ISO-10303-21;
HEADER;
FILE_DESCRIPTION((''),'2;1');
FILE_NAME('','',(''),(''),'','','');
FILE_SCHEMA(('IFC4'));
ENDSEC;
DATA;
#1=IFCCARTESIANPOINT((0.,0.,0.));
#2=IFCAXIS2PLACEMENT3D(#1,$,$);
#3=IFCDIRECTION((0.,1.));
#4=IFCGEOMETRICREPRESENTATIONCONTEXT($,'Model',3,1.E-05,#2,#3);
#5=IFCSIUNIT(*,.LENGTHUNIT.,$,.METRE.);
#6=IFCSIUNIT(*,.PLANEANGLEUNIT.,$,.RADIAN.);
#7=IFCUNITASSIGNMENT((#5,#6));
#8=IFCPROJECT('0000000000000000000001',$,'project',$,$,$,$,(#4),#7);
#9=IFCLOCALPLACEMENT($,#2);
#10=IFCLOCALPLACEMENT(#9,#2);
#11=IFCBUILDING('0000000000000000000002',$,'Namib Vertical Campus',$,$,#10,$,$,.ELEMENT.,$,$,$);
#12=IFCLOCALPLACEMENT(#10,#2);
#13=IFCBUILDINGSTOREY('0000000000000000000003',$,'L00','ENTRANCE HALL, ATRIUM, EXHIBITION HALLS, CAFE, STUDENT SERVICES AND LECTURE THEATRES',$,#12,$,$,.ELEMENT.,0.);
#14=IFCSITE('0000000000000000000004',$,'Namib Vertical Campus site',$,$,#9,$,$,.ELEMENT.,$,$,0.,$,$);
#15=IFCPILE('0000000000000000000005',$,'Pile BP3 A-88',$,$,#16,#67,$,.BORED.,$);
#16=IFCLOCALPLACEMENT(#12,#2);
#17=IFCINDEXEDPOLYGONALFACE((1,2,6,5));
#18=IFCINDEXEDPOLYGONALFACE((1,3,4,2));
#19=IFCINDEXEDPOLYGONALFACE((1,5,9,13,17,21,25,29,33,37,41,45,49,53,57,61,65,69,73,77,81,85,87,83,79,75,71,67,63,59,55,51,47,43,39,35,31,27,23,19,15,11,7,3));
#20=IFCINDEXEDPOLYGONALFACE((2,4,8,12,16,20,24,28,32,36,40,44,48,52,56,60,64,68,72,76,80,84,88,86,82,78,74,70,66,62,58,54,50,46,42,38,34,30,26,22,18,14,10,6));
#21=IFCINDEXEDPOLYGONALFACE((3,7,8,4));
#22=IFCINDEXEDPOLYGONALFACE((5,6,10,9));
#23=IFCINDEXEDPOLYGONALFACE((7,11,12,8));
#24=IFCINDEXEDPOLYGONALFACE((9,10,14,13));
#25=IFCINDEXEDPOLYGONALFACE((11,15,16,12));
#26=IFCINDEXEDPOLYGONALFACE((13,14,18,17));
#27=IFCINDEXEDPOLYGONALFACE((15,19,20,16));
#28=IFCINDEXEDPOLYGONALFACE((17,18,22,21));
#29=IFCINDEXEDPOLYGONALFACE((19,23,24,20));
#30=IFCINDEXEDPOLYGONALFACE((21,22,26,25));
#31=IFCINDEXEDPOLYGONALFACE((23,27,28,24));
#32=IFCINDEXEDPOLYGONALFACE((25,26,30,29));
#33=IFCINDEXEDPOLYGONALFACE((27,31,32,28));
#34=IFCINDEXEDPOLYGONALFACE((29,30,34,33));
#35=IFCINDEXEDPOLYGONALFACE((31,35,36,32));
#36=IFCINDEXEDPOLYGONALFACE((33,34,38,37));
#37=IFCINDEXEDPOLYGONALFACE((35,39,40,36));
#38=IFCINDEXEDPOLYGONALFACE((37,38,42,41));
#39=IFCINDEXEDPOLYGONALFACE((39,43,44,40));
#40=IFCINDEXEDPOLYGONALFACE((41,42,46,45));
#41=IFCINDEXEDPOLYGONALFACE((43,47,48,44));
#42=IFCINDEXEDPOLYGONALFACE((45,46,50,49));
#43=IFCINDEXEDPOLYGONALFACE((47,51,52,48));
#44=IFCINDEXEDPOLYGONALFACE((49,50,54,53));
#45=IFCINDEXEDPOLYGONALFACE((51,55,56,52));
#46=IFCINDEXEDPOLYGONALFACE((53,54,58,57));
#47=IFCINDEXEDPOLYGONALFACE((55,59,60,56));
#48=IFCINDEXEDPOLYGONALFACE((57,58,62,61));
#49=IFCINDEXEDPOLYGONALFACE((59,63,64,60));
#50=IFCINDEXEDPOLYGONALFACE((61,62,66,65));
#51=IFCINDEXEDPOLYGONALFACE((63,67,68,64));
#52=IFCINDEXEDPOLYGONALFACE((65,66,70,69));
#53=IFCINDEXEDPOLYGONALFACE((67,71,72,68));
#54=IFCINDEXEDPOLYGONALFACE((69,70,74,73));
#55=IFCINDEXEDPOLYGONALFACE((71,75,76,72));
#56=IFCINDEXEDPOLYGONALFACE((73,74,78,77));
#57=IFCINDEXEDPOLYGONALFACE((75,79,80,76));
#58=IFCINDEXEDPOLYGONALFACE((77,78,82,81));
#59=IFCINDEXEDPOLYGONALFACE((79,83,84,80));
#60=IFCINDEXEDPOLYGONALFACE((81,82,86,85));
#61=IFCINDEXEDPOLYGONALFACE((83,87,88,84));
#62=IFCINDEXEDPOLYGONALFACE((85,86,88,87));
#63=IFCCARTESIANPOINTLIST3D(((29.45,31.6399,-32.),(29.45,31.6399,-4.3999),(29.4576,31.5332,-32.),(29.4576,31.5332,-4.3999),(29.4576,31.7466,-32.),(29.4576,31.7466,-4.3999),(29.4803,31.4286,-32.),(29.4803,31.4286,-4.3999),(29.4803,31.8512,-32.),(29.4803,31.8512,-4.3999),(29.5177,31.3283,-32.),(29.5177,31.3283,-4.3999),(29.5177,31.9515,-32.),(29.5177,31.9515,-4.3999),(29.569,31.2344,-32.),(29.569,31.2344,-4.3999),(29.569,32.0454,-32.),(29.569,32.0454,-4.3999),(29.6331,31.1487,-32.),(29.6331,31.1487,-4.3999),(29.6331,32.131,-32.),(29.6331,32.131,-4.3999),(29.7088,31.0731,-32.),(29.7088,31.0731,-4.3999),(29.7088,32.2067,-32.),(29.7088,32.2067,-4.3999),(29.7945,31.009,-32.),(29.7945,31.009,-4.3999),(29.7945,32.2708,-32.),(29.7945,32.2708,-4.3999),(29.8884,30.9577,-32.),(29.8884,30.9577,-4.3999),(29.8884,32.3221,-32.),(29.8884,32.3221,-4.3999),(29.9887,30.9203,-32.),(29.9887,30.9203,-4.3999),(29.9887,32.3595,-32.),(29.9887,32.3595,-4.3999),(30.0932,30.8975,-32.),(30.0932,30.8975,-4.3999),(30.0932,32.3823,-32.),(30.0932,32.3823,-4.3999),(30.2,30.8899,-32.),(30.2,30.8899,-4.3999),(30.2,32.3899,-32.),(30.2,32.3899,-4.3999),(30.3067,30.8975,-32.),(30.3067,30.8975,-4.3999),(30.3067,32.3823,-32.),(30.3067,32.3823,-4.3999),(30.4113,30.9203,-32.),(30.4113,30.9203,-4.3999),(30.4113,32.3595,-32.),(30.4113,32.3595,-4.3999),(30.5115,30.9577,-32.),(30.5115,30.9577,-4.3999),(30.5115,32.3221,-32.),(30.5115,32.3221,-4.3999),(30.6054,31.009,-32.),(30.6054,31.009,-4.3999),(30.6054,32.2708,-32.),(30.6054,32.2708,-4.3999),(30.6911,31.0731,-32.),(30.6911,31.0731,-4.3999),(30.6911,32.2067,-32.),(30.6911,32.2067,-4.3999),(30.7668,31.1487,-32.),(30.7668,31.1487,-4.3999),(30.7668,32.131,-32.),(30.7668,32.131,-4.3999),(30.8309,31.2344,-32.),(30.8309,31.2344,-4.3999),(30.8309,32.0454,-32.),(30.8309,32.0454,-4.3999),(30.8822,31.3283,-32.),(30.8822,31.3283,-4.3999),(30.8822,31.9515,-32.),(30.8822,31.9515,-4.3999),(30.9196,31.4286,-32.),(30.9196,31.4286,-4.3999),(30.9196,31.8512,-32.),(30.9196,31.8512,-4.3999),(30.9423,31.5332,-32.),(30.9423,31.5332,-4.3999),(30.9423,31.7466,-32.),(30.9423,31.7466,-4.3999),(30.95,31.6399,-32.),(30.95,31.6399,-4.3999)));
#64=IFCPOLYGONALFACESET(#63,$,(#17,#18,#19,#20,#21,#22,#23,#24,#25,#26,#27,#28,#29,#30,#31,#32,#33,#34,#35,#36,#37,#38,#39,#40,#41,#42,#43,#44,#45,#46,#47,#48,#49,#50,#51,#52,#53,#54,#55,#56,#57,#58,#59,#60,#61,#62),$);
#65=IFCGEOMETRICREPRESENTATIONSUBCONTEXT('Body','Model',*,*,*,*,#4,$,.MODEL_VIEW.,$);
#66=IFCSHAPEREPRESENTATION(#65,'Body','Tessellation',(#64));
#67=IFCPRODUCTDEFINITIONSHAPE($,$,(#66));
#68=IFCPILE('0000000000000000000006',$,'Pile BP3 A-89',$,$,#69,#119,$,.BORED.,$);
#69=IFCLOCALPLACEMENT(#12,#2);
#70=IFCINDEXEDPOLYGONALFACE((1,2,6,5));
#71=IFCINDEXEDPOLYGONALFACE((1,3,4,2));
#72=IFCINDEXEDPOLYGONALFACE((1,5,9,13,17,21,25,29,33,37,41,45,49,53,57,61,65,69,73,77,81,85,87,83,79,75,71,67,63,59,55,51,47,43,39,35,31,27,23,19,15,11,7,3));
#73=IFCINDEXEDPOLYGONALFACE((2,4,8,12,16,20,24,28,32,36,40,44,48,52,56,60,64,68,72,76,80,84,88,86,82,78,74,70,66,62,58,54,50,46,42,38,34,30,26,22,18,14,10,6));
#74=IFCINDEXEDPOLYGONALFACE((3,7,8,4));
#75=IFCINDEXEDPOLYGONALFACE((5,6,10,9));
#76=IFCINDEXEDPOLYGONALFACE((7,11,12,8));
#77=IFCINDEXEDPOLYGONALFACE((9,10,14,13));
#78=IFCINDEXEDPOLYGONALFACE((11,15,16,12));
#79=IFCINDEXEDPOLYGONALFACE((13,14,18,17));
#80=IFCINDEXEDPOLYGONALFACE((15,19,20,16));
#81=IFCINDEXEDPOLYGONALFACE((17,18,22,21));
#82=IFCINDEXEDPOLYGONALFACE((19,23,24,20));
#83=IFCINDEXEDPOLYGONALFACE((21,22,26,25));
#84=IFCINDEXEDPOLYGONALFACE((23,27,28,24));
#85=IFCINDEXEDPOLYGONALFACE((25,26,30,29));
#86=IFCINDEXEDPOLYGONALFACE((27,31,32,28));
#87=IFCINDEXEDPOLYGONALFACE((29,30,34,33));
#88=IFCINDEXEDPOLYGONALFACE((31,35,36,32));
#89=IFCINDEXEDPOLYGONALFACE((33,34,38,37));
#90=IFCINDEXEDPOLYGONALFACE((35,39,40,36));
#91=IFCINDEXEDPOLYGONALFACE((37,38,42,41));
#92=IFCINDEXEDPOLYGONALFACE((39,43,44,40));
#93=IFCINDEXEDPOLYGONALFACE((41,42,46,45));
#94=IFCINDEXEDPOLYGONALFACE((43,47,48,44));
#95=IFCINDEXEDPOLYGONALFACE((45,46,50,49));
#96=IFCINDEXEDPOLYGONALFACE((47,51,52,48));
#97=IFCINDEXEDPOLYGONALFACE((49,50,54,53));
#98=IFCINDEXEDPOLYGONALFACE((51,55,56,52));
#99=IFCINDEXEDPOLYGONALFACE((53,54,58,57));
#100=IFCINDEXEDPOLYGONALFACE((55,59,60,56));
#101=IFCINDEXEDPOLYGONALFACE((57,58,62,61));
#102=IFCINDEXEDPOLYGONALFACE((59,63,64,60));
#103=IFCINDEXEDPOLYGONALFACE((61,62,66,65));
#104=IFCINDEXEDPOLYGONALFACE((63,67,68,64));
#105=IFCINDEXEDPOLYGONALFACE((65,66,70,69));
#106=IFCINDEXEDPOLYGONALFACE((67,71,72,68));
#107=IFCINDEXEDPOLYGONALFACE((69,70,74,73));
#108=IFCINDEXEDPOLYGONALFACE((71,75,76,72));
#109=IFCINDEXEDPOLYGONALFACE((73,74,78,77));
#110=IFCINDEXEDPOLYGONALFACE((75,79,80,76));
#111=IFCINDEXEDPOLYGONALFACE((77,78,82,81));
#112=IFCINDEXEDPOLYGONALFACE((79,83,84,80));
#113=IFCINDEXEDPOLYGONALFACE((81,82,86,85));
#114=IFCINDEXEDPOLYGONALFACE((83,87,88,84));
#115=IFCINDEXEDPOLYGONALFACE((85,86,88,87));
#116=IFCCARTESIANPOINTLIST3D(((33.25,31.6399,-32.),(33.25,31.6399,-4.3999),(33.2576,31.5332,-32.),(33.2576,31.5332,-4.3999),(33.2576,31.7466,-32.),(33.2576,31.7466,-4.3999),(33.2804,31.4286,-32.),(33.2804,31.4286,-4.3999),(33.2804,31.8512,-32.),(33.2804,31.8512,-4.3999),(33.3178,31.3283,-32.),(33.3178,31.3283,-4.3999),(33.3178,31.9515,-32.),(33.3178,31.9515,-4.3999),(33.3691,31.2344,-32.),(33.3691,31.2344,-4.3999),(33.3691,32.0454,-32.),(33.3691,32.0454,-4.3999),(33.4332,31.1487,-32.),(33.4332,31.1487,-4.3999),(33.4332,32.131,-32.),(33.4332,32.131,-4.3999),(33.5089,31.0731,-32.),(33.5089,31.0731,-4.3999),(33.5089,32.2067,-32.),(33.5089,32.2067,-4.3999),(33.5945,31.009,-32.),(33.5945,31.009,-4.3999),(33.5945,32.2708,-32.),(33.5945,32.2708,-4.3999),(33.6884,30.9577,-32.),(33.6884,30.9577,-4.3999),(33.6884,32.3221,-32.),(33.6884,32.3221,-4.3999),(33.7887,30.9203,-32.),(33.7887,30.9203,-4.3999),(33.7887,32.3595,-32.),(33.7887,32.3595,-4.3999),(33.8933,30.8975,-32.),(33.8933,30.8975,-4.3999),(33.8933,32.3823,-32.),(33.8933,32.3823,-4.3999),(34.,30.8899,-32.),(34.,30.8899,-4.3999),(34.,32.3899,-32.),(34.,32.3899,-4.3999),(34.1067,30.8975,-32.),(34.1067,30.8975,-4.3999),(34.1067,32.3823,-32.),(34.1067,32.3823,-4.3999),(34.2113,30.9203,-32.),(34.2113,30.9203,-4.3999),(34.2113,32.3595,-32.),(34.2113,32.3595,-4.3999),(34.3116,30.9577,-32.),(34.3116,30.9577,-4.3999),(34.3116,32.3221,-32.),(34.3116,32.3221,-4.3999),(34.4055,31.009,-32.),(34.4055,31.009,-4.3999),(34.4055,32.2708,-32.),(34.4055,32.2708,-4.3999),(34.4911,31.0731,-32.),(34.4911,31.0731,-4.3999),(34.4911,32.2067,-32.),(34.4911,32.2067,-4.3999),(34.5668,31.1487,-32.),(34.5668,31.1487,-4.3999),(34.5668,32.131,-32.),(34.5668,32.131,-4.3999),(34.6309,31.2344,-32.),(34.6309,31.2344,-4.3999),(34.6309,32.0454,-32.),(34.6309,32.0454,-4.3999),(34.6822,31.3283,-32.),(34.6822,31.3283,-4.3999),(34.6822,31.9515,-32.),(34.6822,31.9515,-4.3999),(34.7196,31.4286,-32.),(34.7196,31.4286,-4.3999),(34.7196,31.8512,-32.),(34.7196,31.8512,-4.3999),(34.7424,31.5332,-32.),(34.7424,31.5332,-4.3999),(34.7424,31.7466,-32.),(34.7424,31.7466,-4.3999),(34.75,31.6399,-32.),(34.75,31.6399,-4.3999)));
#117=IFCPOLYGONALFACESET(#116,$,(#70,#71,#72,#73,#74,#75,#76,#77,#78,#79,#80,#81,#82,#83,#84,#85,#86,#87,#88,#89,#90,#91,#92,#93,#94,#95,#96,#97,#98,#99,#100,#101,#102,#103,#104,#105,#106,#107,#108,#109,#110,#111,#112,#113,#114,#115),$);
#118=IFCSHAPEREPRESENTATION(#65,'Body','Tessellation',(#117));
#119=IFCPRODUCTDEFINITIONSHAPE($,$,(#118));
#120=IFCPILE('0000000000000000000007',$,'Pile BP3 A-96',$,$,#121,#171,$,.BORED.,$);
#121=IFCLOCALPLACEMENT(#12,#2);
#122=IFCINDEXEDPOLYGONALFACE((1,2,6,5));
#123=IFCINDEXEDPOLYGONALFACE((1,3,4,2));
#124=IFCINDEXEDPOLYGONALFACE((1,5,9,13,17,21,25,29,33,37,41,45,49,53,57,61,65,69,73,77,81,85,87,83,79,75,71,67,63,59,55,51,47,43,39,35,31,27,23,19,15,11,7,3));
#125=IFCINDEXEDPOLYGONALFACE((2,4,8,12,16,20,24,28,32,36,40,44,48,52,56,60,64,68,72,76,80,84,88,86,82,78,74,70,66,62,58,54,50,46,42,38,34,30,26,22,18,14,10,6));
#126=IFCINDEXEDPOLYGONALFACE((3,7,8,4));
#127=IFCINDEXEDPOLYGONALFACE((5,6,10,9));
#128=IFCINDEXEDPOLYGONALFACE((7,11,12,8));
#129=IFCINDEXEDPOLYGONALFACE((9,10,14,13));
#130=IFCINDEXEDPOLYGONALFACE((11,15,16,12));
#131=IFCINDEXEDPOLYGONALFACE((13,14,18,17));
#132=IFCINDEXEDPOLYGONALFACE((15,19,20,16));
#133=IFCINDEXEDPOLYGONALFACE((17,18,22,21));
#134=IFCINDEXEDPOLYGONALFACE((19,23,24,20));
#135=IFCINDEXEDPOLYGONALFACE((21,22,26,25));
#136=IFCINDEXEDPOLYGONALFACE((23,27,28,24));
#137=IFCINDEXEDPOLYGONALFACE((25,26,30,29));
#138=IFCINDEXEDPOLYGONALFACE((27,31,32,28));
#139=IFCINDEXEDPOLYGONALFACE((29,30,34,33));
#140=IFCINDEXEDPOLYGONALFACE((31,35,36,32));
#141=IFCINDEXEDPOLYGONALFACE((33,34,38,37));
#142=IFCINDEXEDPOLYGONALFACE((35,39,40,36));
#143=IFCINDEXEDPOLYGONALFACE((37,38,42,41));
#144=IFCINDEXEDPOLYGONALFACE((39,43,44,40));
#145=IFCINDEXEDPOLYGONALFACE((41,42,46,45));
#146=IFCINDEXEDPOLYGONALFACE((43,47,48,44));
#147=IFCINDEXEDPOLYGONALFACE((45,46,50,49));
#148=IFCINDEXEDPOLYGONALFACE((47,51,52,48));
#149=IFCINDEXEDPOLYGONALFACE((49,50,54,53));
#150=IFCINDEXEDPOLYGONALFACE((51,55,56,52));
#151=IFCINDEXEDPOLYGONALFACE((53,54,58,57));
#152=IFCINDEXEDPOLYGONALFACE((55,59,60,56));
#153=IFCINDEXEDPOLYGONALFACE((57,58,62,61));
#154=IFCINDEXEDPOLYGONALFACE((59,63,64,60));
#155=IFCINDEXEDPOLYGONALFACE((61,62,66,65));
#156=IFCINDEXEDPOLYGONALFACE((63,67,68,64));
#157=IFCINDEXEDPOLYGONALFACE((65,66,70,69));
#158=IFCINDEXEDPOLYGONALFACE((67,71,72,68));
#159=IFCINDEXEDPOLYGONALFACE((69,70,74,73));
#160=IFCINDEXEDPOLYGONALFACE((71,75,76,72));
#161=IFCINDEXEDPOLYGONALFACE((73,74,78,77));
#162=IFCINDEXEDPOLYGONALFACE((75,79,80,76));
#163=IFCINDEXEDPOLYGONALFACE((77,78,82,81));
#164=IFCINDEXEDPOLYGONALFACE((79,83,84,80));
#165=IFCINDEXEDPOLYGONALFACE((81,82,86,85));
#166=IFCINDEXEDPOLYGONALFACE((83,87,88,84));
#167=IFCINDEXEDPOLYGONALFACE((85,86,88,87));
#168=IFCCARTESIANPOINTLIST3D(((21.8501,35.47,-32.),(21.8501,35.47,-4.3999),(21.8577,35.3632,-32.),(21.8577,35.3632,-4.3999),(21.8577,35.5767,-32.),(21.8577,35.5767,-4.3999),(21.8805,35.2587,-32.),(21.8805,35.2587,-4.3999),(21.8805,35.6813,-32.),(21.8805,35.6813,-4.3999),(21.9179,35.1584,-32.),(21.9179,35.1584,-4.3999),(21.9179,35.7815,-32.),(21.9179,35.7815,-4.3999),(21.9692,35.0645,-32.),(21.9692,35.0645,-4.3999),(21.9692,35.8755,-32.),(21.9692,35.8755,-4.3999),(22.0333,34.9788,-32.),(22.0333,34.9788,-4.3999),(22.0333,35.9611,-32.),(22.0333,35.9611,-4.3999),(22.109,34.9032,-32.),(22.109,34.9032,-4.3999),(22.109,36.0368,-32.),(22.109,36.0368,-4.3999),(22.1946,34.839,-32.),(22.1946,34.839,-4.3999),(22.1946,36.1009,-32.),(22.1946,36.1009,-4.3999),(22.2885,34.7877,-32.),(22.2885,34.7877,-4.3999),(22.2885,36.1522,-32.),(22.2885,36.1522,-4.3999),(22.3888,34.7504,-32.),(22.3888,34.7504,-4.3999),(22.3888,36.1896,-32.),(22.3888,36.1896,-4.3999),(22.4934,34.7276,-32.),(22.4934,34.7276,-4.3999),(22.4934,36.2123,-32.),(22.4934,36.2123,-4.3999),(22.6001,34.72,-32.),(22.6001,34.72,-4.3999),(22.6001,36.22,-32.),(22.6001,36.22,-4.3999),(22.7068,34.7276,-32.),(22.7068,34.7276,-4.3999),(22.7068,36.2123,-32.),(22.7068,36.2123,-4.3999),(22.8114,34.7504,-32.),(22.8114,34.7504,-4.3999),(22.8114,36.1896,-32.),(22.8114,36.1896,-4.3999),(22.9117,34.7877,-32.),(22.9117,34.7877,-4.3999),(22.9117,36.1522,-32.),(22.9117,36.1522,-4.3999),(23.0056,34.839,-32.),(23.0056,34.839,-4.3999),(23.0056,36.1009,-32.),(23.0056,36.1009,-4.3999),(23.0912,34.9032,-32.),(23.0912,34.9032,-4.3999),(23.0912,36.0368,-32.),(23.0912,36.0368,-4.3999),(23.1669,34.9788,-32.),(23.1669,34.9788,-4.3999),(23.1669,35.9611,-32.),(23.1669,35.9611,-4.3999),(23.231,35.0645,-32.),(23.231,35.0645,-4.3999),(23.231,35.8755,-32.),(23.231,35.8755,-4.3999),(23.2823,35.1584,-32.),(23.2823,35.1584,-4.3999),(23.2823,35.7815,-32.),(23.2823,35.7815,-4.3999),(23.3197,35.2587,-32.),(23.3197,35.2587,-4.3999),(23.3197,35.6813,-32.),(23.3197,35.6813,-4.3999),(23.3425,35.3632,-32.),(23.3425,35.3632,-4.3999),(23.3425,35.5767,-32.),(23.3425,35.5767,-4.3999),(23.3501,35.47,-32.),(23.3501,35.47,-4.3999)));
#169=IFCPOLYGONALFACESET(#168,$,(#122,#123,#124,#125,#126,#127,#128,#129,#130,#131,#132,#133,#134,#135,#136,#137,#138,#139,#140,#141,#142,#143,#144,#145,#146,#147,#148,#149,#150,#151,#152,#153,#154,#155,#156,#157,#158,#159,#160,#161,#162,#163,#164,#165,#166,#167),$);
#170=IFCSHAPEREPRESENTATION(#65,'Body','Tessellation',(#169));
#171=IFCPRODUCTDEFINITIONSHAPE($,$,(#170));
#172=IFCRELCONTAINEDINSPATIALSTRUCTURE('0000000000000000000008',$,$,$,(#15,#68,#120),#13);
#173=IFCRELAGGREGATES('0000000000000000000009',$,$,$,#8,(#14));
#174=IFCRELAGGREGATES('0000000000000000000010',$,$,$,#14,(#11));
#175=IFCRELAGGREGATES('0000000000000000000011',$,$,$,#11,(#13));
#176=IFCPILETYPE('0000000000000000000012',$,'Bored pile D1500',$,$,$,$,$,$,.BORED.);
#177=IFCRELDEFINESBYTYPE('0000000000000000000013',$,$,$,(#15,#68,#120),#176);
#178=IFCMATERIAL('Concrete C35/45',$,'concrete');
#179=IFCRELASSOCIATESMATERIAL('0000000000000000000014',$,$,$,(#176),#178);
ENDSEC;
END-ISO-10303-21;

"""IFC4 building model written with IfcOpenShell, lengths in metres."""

from ifc_helpers import new_model, si_unit, direction, frame, origin, origin_2d, place, context, subcontext, project, spatial, circle, extrude, material, material_profile, profile_set, type_object, element, save


model = new_model("IFC4")

# Units and contexts
model_context = context("Model", 3, precision=1e-05, world=origin(), true_north=direction((0.0, 1.0)))
body_context = subcontext(model_context, "Body", "Model", "MODEL_VIEW")
ifc_project = project(units=[si_unit("LENGTHUNIT", "METRE"), si_unit("PLANEANGLEUNIT", "RADIAN")], contexts=[model_context])

# Site, building, storey
site_placement = place(None, origin())
site = spatial("IfcSite", under=ifc_project, at=site_placement, Name="Namib Vertical Campus site", CompositionType="ELEMENT", RefElevation=0.0)
building_placement = place(site_placement, origin())
building = spatial("IfcBuilding", under=site, at=building_placement, Name="Namib Vertical Campus", CompositionType="ELEMENT")
storey_placement = place(building_placement, origin())
storey = spatial("IfcBuildingStorey", under=building, at=storey_placement, Name="L00", Description="ENTRANCE HALL, ATRIUM, EXHIBITION HALLS, CAFE, STUDENT SERVICES AND LECTURE THEATRES", CompositionType="ELEMENT", Elevation=0.0)

# Piles
ifc_material_1 = material(Name="Concrete C35/45", Category="concrete")
ifc_material_profile_1 = material_profile(ifc_material_1, circle(Radius=0.75, at=origin_2d()))
ifc_profile_set_1 = profile_set([ifc_material_profile_1], Name="Concrete C35/45")
pile_type = type_object("IfcPileType", Name="Bored pile D1500", PredefinedType="BORED", material=ifc_profile_set_1)
for number, where, z_axis, x_axis, name in (
    (1, (30.2, 31.6399, -4.3999), (0.0, 0.0, -1.0), (1.0, 0.0, 0.0), "Pile BP3 A-88"),
    (2, (34.0, 31.6399, -4.3999), (0.0, 0.0, -1.0), (1.0, 0.0, 0.0), "Pile BP3 A-89"),
    (3, (22.6001, 35.47, -4.3999), (0.0, 0.0, -1.0), (1.0, 0.0, 0.0), "Pile BP3 A-96"),
):
    element("IfcPile", number, at=place(storey_placement, frame(where, z_axis=z_axis, x_axis=x_axis)), inside=storey, type_object=pile_type, Name=name, PredefinedType="BORED", context=body_context, shape_type="SweptSolid", body=[
        extrude(circle(Radius=0.75, at=origin_2d()), origin(), (0.0, 0.0, 1.0), 27.6001),
    ])

save(model, "model.ifc")
